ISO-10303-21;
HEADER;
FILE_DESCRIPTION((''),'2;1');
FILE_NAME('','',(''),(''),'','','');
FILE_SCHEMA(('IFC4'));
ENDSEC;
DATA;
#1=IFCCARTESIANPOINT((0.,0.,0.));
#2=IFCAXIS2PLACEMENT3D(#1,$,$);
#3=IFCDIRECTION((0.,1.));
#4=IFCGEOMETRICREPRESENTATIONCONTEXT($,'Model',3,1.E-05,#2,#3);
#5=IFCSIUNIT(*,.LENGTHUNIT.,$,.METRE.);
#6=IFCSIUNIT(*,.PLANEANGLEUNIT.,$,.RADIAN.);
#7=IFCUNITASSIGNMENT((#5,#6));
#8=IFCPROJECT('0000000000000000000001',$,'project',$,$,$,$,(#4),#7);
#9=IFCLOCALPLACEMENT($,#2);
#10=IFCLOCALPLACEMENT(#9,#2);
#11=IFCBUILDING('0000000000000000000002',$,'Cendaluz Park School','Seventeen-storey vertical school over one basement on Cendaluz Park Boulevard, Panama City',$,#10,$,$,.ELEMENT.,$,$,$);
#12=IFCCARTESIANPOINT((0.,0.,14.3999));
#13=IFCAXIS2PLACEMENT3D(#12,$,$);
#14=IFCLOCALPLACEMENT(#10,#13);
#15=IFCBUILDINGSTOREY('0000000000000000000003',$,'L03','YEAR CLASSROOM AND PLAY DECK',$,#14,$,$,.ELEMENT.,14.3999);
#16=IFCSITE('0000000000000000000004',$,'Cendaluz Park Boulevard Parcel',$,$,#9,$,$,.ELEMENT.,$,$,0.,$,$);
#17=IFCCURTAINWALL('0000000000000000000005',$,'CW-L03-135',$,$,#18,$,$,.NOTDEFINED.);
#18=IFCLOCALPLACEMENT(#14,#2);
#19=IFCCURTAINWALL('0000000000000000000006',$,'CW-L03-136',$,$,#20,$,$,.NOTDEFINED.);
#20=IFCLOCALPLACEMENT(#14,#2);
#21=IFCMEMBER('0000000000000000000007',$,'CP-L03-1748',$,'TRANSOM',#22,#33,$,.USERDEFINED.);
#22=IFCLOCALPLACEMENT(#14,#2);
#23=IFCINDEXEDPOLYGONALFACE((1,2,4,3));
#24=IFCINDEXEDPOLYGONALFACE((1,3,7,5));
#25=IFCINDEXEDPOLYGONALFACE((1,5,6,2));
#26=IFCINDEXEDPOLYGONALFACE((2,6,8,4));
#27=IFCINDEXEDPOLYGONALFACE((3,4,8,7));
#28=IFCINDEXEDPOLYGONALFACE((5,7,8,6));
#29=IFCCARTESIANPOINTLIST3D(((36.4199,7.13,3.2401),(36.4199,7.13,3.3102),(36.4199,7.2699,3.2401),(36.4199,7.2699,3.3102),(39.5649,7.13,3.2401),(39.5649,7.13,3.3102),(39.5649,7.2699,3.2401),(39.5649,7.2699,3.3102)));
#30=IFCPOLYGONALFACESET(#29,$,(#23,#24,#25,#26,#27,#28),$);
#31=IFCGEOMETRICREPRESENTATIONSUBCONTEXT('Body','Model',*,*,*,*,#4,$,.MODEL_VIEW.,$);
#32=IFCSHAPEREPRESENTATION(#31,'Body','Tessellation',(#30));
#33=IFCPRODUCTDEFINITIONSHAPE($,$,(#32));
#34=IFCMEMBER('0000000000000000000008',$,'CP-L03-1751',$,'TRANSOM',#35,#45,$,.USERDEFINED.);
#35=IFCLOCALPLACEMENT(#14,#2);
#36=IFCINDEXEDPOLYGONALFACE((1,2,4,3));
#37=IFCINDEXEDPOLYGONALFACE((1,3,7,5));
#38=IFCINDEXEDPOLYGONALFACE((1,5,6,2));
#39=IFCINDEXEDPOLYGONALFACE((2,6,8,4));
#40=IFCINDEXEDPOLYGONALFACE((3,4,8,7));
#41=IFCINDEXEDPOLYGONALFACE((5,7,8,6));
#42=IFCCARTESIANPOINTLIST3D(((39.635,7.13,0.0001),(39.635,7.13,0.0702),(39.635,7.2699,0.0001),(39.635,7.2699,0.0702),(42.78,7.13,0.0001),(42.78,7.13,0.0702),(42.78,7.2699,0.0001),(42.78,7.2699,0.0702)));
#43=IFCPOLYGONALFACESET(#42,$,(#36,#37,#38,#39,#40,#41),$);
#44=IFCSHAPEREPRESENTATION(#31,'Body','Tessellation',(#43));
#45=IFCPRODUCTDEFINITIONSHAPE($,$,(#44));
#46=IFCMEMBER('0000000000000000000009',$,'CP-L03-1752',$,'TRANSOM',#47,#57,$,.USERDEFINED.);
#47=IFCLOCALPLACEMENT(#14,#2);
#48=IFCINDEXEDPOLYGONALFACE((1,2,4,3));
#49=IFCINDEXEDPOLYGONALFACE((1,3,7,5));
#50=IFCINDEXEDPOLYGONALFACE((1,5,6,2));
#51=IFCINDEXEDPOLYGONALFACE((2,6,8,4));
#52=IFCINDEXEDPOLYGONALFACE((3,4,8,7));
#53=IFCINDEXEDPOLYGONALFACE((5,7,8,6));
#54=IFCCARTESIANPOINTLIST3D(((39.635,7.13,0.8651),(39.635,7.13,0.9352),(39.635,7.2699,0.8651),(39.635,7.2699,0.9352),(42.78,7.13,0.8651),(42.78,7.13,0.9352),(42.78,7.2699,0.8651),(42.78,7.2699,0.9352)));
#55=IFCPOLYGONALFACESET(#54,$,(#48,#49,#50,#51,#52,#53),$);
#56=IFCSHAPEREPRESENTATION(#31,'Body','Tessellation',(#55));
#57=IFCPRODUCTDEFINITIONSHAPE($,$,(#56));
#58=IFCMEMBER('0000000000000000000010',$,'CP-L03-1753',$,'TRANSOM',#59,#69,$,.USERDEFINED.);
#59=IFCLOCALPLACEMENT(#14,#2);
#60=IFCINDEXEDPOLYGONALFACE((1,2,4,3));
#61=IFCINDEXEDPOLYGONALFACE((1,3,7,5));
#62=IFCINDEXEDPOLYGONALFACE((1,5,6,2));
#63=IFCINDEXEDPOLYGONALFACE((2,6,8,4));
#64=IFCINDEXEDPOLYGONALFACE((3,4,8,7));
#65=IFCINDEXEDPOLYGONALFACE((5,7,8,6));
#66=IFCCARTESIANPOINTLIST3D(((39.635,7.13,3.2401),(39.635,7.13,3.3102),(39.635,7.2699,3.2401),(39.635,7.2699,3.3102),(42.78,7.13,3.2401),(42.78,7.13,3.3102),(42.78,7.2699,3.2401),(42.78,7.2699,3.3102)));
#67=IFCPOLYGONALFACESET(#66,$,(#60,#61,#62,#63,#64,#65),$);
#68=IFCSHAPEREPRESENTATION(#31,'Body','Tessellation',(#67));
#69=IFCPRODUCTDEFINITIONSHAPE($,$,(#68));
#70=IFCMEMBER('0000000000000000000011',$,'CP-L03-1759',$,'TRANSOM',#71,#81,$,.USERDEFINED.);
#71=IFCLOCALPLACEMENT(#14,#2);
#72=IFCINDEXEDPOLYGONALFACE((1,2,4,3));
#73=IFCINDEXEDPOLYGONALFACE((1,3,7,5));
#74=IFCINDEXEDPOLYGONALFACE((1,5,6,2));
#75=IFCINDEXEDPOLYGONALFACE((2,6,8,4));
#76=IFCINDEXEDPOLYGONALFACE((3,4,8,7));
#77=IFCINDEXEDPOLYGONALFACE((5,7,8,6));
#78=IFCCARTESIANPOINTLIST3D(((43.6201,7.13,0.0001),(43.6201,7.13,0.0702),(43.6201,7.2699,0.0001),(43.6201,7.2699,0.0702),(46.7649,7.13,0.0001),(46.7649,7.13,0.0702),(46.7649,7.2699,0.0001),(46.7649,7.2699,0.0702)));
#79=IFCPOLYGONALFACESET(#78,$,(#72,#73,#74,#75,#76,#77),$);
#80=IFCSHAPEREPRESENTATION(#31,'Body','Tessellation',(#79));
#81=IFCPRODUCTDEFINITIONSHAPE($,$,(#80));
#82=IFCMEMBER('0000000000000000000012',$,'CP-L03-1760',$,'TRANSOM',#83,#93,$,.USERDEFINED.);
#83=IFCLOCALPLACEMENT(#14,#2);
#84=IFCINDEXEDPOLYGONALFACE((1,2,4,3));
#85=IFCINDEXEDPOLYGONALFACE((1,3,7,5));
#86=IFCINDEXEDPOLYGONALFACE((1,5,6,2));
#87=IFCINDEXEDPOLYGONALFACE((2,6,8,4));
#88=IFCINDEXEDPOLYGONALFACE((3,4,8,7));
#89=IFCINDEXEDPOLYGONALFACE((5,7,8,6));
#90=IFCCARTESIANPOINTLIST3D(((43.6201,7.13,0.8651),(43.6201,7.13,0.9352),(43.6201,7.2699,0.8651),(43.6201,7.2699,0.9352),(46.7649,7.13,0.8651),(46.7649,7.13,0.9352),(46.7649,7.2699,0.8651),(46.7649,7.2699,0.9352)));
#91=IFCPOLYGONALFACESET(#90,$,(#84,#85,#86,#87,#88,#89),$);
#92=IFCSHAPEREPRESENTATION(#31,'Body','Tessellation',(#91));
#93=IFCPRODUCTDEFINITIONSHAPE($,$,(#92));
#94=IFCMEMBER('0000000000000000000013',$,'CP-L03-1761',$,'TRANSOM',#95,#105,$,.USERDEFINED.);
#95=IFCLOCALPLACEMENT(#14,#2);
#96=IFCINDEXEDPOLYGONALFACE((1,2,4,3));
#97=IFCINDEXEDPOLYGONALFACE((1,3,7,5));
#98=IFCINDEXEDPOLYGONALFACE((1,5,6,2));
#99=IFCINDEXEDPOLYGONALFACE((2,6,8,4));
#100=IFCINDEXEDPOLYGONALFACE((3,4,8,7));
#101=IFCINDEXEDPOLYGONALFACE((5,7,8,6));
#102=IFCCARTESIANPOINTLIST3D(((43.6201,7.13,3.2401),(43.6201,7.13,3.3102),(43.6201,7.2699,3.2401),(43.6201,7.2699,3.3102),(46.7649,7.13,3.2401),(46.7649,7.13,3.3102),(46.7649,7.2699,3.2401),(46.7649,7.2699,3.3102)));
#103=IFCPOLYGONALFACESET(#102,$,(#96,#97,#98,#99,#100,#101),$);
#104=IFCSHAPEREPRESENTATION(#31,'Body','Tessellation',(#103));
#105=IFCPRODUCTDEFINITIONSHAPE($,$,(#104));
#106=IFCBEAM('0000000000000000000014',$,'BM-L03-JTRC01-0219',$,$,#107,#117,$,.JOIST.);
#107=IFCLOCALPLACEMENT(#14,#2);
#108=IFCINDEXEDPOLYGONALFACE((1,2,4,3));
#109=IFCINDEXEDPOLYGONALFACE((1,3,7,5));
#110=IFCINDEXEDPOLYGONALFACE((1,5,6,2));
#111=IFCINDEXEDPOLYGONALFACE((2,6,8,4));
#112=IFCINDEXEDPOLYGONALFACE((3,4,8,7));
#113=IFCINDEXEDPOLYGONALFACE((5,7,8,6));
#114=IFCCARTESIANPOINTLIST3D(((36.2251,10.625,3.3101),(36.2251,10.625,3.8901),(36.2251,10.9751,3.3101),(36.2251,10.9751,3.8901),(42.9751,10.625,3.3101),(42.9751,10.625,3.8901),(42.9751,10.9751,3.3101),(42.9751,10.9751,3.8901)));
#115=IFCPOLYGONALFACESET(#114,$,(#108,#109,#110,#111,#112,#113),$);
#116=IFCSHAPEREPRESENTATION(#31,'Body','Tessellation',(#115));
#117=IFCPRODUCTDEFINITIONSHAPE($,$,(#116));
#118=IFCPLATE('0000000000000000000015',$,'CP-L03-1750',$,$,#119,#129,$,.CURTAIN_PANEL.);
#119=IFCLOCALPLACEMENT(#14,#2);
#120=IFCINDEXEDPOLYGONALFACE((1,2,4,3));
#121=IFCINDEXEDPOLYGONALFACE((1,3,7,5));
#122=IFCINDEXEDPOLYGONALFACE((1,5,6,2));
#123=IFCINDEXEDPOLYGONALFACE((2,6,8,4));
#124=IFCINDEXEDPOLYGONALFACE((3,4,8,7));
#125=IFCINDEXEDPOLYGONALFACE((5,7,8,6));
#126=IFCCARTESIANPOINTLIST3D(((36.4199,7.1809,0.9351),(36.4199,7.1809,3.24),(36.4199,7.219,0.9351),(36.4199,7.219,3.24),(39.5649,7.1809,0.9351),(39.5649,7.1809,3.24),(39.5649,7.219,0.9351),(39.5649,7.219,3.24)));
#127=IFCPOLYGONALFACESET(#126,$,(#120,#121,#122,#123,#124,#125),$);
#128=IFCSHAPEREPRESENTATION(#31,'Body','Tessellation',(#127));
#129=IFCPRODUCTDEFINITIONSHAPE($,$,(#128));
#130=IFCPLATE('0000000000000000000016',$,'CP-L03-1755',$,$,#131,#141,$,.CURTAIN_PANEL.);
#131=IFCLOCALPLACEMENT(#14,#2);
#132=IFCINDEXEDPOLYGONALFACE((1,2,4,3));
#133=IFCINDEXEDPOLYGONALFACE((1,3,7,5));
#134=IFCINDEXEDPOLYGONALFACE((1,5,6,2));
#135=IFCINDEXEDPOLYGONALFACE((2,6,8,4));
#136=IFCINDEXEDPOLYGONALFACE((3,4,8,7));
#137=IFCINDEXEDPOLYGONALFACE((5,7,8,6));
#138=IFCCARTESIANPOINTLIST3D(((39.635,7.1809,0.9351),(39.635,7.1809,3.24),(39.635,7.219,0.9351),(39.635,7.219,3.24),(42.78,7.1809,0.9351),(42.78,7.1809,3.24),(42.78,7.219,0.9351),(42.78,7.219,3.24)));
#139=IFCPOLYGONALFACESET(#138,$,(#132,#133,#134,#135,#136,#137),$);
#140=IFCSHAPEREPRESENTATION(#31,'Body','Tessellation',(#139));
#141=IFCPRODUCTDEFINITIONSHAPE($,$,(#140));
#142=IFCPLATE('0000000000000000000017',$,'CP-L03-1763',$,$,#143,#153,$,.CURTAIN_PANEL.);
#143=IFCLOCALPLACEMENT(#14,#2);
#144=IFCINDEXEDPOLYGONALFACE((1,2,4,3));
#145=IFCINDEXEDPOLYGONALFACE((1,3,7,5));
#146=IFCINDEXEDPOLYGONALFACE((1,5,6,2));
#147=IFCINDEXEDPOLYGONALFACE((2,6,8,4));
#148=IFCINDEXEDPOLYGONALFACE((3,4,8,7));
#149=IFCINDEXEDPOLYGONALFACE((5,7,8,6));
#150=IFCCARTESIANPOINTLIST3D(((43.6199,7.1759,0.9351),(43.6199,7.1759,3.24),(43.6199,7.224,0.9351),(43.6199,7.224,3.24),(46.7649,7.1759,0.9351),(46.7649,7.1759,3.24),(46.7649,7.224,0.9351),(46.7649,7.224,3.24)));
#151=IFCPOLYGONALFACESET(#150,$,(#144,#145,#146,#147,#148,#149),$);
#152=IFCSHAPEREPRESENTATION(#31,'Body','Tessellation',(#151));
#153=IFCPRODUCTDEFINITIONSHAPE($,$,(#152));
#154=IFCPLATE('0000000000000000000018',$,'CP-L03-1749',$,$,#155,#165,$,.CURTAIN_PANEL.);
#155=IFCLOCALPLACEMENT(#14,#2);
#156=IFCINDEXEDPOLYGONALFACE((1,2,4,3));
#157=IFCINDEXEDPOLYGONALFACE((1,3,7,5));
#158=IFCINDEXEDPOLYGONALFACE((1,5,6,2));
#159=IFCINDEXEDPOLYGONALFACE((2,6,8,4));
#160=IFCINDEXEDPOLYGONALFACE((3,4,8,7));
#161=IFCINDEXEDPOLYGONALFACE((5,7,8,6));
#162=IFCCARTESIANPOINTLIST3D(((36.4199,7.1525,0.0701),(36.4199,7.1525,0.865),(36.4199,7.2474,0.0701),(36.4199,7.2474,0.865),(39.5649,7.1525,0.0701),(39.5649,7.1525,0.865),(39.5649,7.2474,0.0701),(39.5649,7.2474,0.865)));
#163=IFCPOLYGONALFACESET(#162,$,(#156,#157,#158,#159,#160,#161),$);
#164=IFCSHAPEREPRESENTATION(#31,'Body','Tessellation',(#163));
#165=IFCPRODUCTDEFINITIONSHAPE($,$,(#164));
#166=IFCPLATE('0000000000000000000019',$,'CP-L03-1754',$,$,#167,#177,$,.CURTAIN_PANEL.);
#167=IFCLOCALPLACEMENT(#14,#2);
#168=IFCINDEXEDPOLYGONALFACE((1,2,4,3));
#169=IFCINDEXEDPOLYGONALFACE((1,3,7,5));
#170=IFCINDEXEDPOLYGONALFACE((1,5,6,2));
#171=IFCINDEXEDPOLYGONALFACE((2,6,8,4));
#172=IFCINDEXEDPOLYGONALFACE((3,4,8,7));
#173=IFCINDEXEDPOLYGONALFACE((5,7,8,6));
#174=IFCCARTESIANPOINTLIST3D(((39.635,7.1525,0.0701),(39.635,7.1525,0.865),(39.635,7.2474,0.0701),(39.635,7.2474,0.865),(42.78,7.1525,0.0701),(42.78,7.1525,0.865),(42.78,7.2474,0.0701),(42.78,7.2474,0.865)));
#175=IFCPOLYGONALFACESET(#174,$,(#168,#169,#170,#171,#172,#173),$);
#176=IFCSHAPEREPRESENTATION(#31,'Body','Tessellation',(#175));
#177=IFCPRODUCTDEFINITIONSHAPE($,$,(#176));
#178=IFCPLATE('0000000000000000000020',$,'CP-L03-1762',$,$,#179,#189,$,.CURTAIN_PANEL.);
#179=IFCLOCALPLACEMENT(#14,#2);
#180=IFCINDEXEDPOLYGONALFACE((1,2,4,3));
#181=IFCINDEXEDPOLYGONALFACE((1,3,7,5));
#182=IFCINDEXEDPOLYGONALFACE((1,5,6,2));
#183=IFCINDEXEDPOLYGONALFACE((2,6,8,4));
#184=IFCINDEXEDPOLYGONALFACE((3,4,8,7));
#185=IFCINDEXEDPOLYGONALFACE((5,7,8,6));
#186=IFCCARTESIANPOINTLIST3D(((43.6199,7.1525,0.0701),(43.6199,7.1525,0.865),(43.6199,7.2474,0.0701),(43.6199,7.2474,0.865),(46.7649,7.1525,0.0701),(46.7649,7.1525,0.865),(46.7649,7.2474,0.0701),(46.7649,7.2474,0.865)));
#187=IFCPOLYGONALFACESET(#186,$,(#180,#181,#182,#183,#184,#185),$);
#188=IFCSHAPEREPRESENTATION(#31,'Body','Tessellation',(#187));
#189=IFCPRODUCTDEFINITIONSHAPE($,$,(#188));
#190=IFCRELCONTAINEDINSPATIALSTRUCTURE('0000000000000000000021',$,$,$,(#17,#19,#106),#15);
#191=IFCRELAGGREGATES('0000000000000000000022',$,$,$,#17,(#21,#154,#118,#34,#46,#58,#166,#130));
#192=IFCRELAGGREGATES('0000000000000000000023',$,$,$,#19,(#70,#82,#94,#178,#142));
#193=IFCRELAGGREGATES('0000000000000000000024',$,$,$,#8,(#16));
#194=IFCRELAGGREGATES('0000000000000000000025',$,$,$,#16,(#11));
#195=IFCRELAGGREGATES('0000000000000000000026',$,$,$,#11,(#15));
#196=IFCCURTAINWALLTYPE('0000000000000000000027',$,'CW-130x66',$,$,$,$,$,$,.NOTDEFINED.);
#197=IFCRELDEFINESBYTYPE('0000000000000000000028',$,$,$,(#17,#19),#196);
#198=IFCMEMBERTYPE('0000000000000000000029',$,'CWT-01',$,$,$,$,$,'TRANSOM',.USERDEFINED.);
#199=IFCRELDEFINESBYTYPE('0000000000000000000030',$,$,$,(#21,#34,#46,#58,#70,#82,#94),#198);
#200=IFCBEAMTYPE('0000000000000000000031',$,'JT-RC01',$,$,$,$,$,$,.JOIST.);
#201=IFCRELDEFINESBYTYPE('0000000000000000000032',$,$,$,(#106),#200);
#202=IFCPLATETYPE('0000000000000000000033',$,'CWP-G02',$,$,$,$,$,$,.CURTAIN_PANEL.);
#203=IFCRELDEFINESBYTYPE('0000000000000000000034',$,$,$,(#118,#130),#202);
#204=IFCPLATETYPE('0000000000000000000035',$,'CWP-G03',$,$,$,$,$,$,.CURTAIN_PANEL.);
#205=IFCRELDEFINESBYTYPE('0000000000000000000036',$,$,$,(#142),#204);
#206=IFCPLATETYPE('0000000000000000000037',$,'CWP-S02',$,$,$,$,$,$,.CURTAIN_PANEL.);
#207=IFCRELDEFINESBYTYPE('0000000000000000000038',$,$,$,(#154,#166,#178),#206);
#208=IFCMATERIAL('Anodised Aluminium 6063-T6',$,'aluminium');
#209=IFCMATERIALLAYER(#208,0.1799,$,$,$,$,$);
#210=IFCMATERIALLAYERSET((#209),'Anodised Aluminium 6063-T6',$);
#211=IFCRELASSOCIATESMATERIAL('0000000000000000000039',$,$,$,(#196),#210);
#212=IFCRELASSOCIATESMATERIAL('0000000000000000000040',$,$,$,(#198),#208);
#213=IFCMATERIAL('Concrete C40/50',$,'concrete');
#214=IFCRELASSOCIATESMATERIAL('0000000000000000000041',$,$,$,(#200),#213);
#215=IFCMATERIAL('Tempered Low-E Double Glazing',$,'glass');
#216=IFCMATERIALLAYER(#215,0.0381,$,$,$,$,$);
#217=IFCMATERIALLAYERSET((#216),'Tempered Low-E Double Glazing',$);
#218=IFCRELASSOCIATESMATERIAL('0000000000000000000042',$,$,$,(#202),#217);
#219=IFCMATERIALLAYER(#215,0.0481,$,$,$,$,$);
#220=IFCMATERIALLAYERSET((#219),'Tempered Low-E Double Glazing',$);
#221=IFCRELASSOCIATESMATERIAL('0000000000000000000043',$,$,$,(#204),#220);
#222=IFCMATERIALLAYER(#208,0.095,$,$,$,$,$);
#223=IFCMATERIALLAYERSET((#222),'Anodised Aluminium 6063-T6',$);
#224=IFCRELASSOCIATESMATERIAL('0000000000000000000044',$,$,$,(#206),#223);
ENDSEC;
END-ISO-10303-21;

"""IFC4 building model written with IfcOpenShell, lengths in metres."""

from ifc_helpers import new_model, si_unit, direction, frame, origin, origin_2d, place, context, subcontext, project, spatial, rectangle, extrude, material, layer, layer_set, material_profile, profile_set, type_object, element, aggregate, save


model = new_model("IFC4")

# Units and contexts
model_context = context("Model", 3, precision=1e-05, world=origin(), true_north=direction((0.0, 1.0)))
body_context = subcontext(model_context, "Body", "Model", "MODEL_VIEW")
ifc_project = project(units=[si_unit("LENGTHUNIT", "METRE"), si_unit("PLANEANGLEUNIT", "RADIAN")], contexts=[model_context])

# Site, building, storey
site_placement = place(None, origin())
site = spatial("IfcSite", under=ifc_project, at=site_placement, Name="Cendaluz Park Boulevard Parcel", CompositionType="ELEMENT", RefElevation=0.0)
building_placement = place(site_placement, origin())
building = spatial("IfcBuilding", under=site, at=building_placement, Name="Cendaluz Park School", Description="Seventeen-storey vertical school over one basement on Cendaluz Park Boulevard, Panama City", CompositionType="ELEMENT")
storey_placement = place(building_placement, frame((0.0, 0.0, 14.3999)))
storey = spatial("IfcBuildingStorey", under=building, at=storey_placement, Name="L03", Description="YEAR CLASSROOM AND PLAY DECK", CompositionType="ELEMENT", Elevation=14.3999)

# Shared definitions
ifc_material_1 = material(Name="Concrete C40/50", Category="concrete")

# Curtain wall
ifc_material_2 = material(Name="Anodised Aluminium 6063-T6", Category="aluminium")
ifc_layer_1 = layer(ifc_material_2, 0.1799)
ifc_layer_set_1 = layer_set([ifc_layer_1], Name="Anodised Aluminium 6063-T6")
curtain_wall_type = type_object("IfcCurtainWallType", Name="CW-130x66", PredefinedType="NOTDEFINED", material=ifc_layer_set_1)
curtain_wall_1_placement = place(storey_placement, origin())
curtain_wall_1 = element("IfcCurtainWall", 1, at=curtain_wall_1_placement, inside=storey, type_object=curtain_wall_type, Name="CW-L03-135", PredefinedType="NOTDEFINED")

# Curtain wall
curtain_wall_2_placement = place(storey_placement, origin())
curtain_wall_2 = element("IfcCurtainWall", 2, at=curtain_wall_2_placement, inside=storey, type_object=curtain_wall_type, Name="CW-L03-136", PredefinedType="NOTDEFINED")

# Members
ifc_material_profile_1 = material_profile(ifc_material_2, rectangle(XDim=0.1399, YDim=0.0701, at=origin_2d()), Name="CWT 140x70", Category="aluminium")
ifc_profile_set_1 = profile_set([ifc_material_profile_1], Name="Anodised Aluminium 6063-T6")
member_type_1 = type_object("IfcMemberType", Name="CWT-01", ElementType="TRANSOM", PredefinedType="USERDEFINED", material=ifc_profile_set_1)
member_1_placement = place(storey_placement, frame((36.4199, 7.2, 3.2751), z_axis=(1.0, 0.0, 0.0), x_axis=(0.0, 1.0, 0.0)))
member_1 = element("IfcMember", 3, at=member_1_placement, type_object=member_type_1, Name="CP-L03-1748", ObjectType="TRANSOM", PredefinedType="USERDEFINED", context=body_context, shape_type="SweptSolid", body=[
    extrude(rectangle(XDim=0.1399, YDim=0.0701, at=origin_2d()), origin(), (0.0, 0.0, 1.0), 3.145),
])
member_2_placement = place(storey_placement, frame((39.635, 7.2, 0.0352), z_axis=(1.0, 0.0, 0.0), x_axis=(0.0, 1.0, 0.0)))
member_2 = element("IfcMember", 4, at=member_2_placement, type_object=member_type_1, Name="CP-L03-1751", ObjectType="TRANSOM", PredefinedType="USERDEFINED", context=body_context, shape_type="SweptSolid", body=[
    extrude(rectangle(XDim=0.1399, YDim=0.0701, at=origin_2d()), origin(), (0.0, 0.0, 1.0), 3.145),
])
member_3_placement = place(storey_placement, frame((39.635, 7.2, 0.9001), z_axis=(1.0, 0.0, 0.0), x_axis=(0.0, 1.0, 0.0)))
member_3 = element("IfcMember", 5, at=member_3_placement, type_object=member_type_1, Name="CP-L03-1752", ObjectType="TRANSOM", PredefinedType="USERDEFINED", context=body_context, shape_type="SweptSolid", body=[
    extrude(rectangle(XDim=0.1399, YDim=0.0701, at=origin_2d()), origin(), (0.0, 0.0, 1.0), 3.145),
])
member_4_placement = place(storey_placement, frame((39.635, 7.2, 3.2751), z_axis=(1.0, 0.0, 0.0), x_axis=(0.0, 1.0, 0.0)))
member_4 = element("IfcMember", 6, at=member_4_placement, type_object=member_type_1, Name="CP-L03-1753", ObjectType="TRANSOM", PredefinedType="USERDEFINED", context=body_context, shape_type="SweptSolid", body=[
    extrude(rectangle(XDim=0.1399, YDim=0.0701, at=origin_2d()), origin(), (0.0, 0.0, 1.0), 3.145),
])
member_5_placement = place(storey_placement, frame((43.6201, 7.2, 0.0352), z_axis=(1.0, 0.0, 0.0), x_axis=(0.0, 1.0, 0.0)))
member_5 = element("IfcMember", 7, at=member_5_placement, type_object=member_type_1, Name="CP-L03-1759", ObjectType="TRANSOM", PredefinedType="USERDEFINED", context=body_context, shape_type="SweptSolid", body=[
    extrude(rectangle(XDim=0.1399, YDim=0.0701, at=origin_2d()), origin(), (0.0, 0.0, 1.0), 3.1448),
])
member_6_placement = place(storey_placement, frame((43.6201, 7.2, 0.9001), z_axis=(1.0, 0.0, 0.0), x_axis=(0.0, 1.0, 0.0)))
member_6 = element("IfcMember", 8, at=member_6_placement, type_object=member_type_1, Name="CP-L03-1760", ObjectType="TRANSOM", PredefinedType="USERDEFINED", context=body_context, shape_type="SweptSolid", body=[
    extrude(rectangle(XDim=0.1399, YDim=0.0701, at=origin_2d()), origin(), (0.0, 0.0, 1.0), 3.1448),
])
member_7_placement = place(storey_placement, frame((43.6201, 7.2, 3.2751), z_axis=(1.0, 0.0, 0.0), x_axis=(0.0, 1.0, 0.0)))
member_7 = element("IfcMember", 9, at=member_7_placement, type_object=member_type_1, Name="CP-L03-1761", ObjectType="TRANSOM", PredefinedType="USERDEFINED", context=body_context, shape_type="SweptSolid", body=[
    extrude(rectangle(XDim=0.1399, YDim=0.0701, at=origin_2d()), origin(), (0.0, 0.0, 1.0), 3.1448),
])

# Beam
ifc_material_profile_2 = material_profile(ifc_material_1, rectangle(XDim=0.3501, YDim=0.5801, at=origin_2d()), Name="RC 350x580", Category="concrete")
ifc_profile_set_2 = profile_set([ifc_material_profile_2], Name="Concrete C40/50")
beam_type_1 = type_object("IfcBeamType", Name="JT-RC01", PredefinedType="JOIST", material=ifc_profile_set_2)
beam_1_placement = place(storey_placement, frame((36.2251, 10.8, 3.6001), z_axis=(1.0, 0.0, 0.0), x_axis=(0.0, 1.0, 0.0)))
element("IfcBeam", 10, at=beam_1_placement, inside=storey, type_object=beam_type_1, Name="BM-L03-JTRC01-0219", PredefinedType="JOIST", context=body_context, shape_type="SweptSolid", body=[
    extrude(rectangle(XDim=0.3501, YDim=0.5801, at=origin_2d()), origin(), (0.0, 0.0, 1.0), 6.75),
])

# Plates
ifc_material_3 = material(Name="Tempered Low-E Double Glazing", Category="glass")
ifc_layer_2 = layer(ifc_material_3, 0.0381)
ifc_layer_set_2 = layer_set([ifc_layer_2], Name="Tempered Low-E Double Glazing")
plate_type_1 = type_object("IfcPlateType", Name="CWP-G02", PredefinedType="CURTAIN_PANEL", material=ifc_layer_set_2)
plate_1_placement = place(storey_placement, frame((37.9924, 7.2, 0.9351), z_axis=(0.0, 0.0, 1.0), x_axis=(1.0, 0.0, 0.0)))
plate_1 = element("IfcPlate", 11, at=plate_1_placement, type_object=plate_type_1, Name="CP-L03-1750", PredefinedType="CURTAIN_PANEL", context=body_context, shape_type="SweptSolid", body=[
    extrude(rectangle(XDim=3.145, YDim=0.0381, at=origin_2d()), origin(), (0.0, 0.0, 1.0), 2.3049),
])
plate_2_placement = place(storey_placement, frame((41.2075, 7.2, 0.9351), z_axis=(0.0, 0.0, 1.0), x_axis=(1.0, 0.0, 0.0)))
plate_2 = element("IfcPlate", 12, at=plate_2_placement, type_object=plate_type_1, Name="CP-L03-1755", PredefinedType="CURTAIN_PANEL", context=body_context, shape_type="SweptSolid", body=[
    extrude(rectangle(XDim=3.145, YDim=0.0381, at=origin_2d()), origin(), (0.0, 0.0, 1.0), 2.3049),
])
ifc_layer_3 = layer(ifc_material_3, 0.0481)
ifc_layer_set_3 = layer_set([ifc_layer_3], Name="Tempered Low-E Double Glazing")
plate_type_2 = type_object("IfcPlateType", Name="CWP-G03", PredefinedType="CURTAIN_PANEL", material=ifc_layer_set_3)
plate_3_placement = place(storey_placement, frame((45.1924, 7.2, 0.9351), z_axis=(0.0, 0.0, 1.0), x_axis=(1.0, 0.0, 0.0)))
plate_3 = element("IfcPlate", 13, at=plate_3_placement, type_object=plate_type_2, Name="CP-L03-1763", PredefinedType="CURTAIN_PANEL", context=body_context, shape_type="SweptSolid", body=[
    extrude(rectangle(XDim=3.145, YDim=0.0481, at=origin_2d()), origin(), (0.0, 0.0, 1.0), 2.3049),
])
ifc_layer_4 = layer(ifc_material_2, 0.095)
ifc_layer_set_4 = layer_set([ifc_layer_4], Name="Anodised Aluminium 6063-T6")
plate_type_3 = type_object("IfcPlateType", Name="CWP-S02", PredefinedType="CURTAIN_PANEL", material=ifc_layer_set_4)
plate_4_placement = place(storey_placement, frame((37.9924, 7.2, 0.0701), z_axis=(0.0, 0.0, 1.0), x_axis=(1.0, 0.0, 0.0)))
plate_4 = element("IfcPlate", 14, at=plate_4_placement, type_object=plate_type_3, Name="CP-L03-1749", PredefinedType="CURTAIN_PANEL", context=body_context, shape_type="SweptSolid", body=[
    extrude(rectangle(XDim=3.145, YDim=0.095, at=origin_2d()), origin(), (0.0, 0.0, 1.0), 0.7949),
])
plate_5_placement = place(storey_placement, frame((41.2075, 7.2, 0.0701), z_axis=(0.0, 0.0, 1.0), x_axis=(1.0, 0.0, 0.0)))
plate_5 = element("IfcPlate", 15, at=plate_5_placement, type_object=plate_type_3, Name="CP-L03-1754", PredefinedType="CURTAIN_PANEL", context=body_context, shape_type="SweptSolid", body=[
    extrude(rectangle(XDim=3.145, YDim=0.095, at=origin_2d()), origin(), (0.0, 0.0, 1.0), 0.7949),
])
aggregate(curtain_wall_1, [member_1, plate_4, plate_1, member_2, member_3, member_4, plate_5, plate_2])
plate_6_placement = place(storey_placement, frame((45.1924, 7.2, 0.0701), z_axis=(0.0, 0.0, 1.0), x_axis=(1.0, 0.0, 0.0)))
plate_6 = element("IfcPlate", 16, at=plate_6_placement, type_object=plate_type_3, Name="CP-L03-1762", PredefinedType="CURTAIN_PANEL", context=body_context, shape_type="SweptSolid", body=[
    extrude(rectangle(XDim=3.145, YDim=0.095, at=origin_2d()), origin(), (0.0, 0.0, 1.0), 0.7949),
])
aggregate(curtain_wall_2, [member_5, member_6, member_7, plate_6, plate_3])

save(model, "model.ifc")
